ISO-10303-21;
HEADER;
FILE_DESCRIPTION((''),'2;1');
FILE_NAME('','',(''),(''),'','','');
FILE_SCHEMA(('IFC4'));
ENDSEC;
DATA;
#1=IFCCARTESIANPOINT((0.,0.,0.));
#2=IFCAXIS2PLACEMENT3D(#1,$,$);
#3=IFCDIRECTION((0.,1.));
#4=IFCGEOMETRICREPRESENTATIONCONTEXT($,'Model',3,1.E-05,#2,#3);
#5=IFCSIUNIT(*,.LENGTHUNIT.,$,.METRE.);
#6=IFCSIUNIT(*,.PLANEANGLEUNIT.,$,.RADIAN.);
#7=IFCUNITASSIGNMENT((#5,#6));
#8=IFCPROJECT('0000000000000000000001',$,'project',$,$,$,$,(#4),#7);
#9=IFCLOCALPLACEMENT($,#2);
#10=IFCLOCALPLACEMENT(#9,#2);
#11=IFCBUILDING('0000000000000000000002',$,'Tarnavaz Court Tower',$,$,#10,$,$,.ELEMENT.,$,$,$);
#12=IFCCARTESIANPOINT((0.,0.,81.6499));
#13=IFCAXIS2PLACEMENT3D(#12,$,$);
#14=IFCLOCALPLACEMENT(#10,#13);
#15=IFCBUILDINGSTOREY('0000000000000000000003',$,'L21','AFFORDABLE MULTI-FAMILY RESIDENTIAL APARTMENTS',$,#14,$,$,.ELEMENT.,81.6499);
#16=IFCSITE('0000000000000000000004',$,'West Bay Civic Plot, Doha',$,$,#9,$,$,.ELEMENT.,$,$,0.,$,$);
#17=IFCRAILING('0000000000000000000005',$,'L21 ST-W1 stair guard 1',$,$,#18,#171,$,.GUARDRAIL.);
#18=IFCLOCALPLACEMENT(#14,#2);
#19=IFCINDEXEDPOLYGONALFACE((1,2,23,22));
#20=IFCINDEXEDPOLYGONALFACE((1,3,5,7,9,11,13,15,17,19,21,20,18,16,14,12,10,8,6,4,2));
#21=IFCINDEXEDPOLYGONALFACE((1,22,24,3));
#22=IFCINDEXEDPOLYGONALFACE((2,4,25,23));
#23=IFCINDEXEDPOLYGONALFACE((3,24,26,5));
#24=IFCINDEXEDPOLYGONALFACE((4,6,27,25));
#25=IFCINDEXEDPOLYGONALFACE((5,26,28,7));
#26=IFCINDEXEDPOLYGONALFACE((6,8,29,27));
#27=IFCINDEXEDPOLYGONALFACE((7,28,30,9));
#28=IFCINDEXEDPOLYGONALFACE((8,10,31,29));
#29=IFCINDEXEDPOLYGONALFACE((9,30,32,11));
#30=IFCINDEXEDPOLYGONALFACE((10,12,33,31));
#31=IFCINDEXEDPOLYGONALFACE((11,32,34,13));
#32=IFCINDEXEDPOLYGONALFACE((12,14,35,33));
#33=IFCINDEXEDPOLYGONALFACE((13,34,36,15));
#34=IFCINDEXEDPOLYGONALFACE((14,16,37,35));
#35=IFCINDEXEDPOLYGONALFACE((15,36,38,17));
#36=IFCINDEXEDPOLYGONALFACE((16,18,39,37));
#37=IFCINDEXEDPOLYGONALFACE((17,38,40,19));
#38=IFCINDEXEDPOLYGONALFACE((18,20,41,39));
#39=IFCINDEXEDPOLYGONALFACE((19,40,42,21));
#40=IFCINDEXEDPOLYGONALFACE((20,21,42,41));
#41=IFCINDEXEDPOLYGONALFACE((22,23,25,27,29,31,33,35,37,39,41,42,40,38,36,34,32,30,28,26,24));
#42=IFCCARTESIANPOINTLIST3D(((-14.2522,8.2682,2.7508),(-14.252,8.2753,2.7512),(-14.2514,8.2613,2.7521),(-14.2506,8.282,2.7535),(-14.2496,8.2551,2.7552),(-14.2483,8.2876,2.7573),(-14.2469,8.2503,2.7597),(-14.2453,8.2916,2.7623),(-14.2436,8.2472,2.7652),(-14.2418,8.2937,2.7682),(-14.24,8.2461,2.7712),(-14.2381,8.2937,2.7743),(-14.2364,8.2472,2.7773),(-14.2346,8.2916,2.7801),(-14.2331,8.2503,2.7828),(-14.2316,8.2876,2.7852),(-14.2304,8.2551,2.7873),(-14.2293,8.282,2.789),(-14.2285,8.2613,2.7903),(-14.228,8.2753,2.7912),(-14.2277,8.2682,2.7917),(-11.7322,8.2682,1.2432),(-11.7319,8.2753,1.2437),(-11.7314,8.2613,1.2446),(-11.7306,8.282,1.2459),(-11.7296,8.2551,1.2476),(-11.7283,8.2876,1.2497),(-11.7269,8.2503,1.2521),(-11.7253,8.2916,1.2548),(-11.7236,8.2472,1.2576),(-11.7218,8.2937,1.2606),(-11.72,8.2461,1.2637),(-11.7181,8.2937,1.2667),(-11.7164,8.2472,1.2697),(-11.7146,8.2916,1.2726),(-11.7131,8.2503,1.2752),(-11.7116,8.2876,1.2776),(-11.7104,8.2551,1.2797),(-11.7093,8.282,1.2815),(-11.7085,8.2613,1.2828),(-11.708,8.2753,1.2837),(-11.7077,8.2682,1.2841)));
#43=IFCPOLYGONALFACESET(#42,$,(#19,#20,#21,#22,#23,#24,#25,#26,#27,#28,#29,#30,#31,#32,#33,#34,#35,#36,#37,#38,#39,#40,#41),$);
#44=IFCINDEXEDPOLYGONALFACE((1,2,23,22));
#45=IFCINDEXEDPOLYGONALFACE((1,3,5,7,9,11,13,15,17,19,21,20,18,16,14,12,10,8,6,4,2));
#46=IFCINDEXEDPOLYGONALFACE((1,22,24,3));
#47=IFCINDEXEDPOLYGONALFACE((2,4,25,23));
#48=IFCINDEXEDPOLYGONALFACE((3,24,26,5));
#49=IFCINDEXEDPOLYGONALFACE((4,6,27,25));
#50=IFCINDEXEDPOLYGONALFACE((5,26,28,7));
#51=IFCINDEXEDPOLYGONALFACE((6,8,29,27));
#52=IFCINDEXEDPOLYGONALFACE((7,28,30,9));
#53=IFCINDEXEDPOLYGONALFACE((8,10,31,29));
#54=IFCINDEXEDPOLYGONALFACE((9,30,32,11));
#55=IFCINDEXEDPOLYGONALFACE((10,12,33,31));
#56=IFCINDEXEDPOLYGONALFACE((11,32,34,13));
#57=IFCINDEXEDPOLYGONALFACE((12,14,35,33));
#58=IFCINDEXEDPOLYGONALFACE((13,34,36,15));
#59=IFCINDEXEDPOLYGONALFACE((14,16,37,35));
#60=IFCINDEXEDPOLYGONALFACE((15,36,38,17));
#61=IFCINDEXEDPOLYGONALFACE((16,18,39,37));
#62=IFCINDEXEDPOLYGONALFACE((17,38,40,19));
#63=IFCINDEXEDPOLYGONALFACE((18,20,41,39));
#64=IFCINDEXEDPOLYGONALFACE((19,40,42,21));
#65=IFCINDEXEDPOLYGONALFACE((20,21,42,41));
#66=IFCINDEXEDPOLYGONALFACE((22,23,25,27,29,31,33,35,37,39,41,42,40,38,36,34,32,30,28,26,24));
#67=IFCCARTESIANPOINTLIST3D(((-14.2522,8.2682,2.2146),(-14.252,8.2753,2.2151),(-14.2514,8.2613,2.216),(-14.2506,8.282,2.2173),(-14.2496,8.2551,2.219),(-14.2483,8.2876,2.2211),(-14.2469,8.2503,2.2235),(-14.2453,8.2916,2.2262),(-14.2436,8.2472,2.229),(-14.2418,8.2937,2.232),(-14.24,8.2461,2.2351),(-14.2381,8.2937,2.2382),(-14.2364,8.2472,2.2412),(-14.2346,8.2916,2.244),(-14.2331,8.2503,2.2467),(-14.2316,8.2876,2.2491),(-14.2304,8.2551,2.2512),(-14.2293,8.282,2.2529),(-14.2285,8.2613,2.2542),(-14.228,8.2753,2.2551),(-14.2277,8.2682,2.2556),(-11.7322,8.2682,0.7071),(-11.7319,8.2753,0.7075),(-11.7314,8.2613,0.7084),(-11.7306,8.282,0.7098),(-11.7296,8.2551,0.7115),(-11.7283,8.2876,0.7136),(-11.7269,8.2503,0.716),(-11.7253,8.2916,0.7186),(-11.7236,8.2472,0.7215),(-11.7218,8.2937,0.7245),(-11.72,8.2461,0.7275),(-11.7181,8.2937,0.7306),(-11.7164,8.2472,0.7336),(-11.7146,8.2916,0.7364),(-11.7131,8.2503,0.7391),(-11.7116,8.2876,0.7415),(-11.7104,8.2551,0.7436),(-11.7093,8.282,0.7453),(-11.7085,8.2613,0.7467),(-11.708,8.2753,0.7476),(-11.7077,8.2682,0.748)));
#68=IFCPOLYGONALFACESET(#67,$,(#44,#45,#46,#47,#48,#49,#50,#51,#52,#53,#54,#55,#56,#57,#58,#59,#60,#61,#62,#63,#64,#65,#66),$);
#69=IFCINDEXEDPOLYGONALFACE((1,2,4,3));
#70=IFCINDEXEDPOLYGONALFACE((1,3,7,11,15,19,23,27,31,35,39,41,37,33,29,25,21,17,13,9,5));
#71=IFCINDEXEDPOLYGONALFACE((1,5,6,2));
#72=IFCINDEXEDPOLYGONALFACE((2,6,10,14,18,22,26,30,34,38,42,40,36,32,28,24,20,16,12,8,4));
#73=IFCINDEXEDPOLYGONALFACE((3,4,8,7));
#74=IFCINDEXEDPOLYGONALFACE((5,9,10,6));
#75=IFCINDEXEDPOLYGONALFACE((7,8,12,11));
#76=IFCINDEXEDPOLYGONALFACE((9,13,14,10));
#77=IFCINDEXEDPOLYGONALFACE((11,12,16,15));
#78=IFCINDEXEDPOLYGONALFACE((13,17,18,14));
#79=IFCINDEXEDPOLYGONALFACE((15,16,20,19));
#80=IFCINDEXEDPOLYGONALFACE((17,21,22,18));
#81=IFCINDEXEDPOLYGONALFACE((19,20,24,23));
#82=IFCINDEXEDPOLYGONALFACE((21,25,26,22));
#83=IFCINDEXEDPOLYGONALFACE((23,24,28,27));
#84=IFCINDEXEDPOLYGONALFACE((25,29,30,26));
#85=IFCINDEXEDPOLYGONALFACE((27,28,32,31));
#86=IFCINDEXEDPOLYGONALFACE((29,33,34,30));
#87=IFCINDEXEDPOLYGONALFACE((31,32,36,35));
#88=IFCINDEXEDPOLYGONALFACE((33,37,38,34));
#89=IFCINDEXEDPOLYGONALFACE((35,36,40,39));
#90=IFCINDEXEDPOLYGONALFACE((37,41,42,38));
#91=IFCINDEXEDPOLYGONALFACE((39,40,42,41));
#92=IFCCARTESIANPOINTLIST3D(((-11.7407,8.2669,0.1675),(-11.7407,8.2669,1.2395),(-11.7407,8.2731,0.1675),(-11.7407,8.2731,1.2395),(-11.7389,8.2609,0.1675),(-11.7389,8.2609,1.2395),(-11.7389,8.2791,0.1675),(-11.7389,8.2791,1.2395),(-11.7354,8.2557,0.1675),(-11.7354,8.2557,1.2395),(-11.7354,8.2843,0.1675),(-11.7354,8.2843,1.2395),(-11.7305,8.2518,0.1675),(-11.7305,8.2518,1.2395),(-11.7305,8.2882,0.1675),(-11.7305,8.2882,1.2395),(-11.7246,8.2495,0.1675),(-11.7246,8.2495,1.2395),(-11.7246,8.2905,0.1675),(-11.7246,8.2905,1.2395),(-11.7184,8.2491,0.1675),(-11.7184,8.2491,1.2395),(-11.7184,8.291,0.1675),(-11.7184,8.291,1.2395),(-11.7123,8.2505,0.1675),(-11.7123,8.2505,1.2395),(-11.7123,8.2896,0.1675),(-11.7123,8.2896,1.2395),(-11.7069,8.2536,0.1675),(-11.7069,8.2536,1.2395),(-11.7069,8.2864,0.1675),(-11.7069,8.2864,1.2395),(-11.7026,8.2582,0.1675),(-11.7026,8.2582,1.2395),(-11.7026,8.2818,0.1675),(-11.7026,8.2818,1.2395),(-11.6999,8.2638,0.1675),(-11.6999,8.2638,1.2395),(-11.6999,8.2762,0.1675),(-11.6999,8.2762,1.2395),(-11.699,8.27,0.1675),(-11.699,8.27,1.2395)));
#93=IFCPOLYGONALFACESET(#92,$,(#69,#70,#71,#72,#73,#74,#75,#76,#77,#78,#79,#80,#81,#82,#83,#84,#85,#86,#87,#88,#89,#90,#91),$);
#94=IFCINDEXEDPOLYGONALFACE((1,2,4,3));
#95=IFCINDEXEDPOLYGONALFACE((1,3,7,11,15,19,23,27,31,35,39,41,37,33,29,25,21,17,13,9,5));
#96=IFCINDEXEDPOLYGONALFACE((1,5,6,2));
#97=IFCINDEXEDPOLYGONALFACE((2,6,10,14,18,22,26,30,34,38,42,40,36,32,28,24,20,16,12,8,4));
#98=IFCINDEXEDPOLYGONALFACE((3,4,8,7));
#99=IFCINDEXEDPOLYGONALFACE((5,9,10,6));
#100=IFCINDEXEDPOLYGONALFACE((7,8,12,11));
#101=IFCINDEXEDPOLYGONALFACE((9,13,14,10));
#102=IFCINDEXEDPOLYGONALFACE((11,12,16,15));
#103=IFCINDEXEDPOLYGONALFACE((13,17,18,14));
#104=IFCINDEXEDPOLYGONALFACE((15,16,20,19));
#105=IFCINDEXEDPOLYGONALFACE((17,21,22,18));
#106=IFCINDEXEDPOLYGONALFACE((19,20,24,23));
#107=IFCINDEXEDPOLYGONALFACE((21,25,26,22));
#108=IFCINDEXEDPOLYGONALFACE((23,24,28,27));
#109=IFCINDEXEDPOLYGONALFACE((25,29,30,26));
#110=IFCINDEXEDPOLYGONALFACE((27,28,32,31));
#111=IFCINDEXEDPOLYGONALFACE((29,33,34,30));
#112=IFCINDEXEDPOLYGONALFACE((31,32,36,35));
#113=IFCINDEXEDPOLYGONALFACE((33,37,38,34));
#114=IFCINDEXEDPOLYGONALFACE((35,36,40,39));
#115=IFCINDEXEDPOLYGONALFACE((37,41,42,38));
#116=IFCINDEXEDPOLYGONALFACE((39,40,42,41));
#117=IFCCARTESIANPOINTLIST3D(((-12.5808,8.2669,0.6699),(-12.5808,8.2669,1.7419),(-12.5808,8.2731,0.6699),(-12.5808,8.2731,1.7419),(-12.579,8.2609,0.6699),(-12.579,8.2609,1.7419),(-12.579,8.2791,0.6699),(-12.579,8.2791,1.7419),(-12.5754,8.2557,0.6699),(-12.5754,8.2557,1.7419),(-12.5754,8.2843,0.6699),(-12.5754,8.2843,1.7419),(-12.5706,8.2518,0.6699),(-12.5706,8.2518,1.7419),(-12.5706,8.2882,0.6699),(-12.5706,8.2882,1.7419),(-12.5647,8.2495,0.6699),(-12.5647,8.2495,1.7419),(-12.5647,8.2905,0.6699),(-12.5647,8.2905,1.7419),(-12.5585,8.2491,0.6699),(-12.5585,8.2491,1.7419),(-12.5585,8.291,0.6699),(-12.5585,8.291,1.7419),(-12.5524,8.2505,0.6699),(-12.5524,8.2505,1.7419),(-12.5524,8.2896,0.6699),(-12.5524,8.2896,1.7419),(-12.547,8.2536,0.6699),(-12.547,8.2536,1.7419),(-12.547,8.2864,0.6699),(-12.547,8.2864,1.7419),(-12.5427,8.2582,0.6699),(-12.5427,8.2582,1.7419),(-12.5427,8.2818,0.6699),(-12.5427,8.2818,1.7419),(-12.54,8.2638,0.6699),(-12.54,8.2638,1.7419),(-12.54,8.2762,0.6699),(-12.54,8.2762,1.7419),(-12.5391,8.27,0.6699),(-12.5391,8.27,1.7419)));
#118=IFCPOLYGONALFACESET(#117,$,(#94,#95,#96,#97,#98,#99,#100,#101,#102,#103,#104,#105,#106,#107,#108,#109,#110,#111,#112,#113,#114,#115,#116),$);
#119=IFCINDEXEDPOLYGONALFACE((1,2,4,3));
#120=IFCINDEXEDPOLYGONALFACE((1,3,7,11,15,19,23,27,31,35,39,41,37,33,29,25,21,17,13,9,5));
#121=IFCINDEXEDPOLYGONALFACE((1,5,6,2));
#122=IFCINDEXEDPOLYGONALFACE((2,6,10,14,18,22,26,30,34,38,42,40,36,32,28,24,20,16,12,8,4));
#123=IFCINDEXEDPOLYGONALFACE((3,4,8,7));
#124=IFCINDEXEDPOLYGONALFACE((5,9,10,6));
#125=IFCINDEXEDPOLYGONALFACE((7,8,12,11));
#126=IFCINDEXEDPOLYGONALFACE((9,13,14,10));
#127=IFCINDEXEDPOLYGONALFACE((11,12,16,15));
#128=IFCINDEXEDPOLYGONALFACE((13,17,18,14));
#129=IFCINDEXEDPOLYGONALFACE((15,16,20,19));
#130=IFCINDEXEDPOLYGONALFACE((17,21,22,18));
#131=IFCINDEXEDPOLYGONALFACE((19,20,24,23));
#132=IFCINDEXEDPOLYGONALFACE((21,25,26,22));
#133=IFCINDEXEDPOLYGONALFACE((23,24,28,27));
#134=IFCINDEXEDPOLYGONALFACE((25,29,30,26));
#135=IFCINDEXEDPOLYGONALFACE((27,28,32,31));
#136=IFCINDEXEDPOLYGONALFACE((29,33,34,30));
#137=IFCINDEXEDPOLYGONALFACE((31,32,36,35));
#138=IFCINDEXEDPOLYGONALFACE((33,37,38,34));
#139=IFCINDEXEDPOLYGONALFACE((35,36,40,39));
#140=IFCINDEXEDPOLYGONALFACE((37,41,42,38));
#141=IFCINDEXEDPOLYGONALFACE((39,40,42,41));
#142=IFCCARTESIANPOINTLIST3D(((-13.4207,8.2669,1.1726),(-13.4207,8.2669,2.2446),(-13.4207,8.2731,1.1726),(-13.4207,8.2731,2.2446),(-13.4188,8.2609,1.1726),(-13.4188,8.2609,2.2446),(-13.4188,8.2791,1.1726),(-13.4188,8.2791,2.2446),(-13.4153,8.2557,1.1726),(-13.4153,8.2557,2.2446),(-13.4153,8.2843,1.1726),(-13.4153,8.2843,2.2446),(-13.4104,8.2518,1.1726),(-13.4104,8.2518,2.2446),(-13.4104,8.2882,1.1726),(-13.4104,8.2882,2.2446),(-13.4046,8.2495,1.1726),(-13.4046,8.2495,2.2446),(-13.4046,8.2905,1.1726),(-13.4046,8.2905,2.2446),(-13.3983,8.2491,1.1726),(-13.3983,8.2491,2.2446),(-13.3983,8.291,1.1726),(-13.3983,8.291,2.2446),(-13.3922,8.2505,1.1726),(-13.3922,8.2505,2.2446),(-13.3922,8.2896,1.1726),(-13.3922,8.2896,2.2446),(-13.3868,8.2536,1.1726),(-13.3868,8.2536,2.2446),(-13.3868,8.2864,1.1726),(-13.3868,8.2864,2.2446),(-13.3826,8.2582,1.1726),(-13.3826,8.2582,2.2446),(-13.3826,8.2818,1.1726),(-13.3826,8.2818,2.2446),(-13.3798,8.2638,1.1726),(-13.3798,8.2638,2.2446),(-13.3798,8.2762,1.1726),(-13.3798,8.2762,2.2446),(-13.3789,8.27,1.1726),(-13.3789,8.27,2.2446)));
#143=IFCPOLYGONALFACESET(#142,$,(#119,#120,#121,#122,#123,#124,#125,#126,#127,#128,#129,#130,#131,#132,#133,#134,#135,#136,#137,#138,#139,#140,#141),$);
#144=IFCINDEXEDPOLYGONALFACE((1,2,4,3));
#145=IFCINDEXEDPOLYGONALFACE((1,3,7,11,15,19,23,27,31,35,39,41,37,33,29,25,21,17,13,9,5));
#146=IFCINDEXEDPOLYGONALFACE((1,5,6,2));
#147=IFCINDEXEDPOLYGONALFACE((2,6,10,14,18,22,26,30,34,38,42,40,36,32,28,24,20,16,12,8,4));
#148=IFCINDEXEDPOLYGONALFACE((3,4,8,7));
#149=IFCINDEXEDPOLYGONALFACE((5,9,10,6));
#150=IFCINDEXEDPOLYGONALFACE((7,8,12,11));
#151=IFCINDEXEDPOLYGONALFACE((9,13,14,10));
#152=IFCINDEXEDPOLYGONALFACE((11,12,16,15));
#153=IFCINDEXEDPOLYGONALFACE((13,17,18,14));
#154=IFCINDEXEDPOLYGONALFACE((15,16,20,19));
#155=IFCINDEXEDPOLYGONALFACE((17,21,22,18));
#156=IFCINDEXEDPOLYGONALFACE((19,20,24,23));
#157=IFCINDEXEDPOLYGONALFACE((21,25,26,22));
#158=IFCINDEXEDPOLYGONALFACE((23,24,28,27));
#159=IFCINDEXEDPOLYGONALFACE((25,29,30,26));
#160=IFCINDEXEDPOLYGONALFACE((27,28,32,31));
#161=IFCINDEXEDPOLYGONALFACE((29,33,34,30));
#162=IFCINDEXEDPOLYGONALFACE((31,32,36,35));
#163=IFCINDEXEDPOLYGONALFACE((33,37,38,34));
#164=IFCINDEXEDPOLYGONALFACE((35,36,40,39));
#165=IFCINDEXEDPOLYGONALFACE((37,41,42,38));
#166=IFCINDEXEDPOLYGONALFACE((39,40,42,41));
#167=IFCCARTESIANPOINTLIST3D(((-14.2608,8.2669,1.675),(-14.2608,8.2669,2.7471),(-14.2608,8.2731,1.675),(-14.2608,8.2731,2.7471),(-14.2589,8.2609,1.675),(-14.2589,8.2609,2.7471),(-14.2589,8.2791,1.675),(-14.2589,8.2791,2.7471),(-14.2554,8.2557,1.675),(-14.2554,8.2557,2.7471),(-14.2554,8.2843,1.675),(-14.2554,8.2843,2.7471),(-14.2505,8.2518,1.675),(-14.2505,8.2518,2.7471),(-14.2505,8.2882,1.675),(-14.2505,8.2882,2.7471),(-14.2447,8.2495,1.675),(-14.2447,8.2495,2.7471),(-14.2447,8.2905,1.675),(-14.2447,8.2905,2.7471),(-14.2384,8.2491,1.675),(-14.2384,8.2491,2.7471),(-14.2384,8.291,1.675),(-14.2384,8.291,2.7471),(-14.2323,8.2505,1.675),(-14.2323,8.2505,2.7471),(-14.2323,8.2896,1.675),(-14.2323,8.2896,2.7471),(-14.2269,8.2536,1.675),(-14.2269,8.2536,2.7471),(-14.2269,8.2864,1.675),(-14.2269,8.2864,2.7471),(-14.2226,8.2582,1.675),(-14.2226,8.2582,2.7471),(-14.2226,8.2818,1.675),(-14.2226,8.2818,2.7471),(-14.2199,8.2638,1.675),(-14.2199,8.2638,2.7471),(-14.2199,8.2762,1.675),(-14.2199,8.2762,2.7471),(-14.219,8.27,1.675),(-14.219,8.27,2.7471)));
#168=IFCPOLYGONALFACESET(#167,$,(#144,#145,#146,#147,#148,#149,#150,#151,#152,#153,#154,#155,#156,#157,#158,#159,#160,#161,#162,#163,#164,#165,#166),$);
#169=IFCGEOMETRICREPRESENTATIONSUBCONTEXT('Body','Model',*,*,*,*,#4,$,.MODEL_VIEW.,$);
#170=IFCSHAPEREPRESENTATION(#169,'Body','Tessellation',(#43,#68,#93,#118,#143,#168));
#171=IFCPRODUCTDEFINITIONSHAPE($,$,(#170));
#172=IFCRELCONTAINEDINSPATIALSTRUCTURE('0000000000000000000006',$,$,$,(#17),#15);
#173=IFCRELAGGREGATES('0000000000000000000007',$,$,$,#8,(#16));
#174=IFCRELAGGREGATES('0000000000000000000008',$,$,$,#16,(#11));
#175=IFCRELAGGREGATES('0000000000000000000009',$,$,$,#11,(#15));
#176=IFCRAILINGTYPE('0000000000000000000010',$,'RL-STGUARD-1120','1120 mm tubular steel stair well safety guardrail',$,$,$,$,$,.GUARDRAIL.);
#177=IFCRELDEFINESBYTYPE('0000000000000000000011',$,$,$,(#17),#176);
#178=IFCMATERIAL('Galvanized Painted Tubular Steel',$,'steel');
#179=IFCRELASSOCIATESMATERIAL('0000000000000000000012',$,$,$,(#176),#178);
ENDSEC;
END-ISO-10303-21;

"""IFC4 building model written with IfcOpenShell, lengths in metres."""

from ifc_helpers import new_model, si_unit, direction, frame, origin, origin_2d, place, context, subcontext, project, spatial, circle, extrude, material, type_object, element, save


model = new_model("IFC4")

# Units and contexts
model_context = context("Model", 3, precision=1e-05, world=origin(), true_north=direction((0.0, 1.0)))
body_context = subcontext(model_context, "Body", "Model", "MODEL_VIEW")
ifc_project = project(units=[si_unit("LENGTHUNIT", "METRE"), si_unit("PLANEANGLEUNIT", "RADIAN")], contexts=[model_context])

# Site, building, storey
site_placement = place(None, origin())
site = spatial("IfcSite", under=ifc_project, at=site_placement, Name="West Bay Civic Plot, Doha", CompositionType="ELEMENT", RefElevation=0.0)
building_placement = place(site_placement, origin())
building = spatial("IfcBuilding", under=site, at=building_placement, Name="Tarnavaz Court Tower", CompositionType="ELEMENT")
storey_placement = place(building_placement, frame((0.0, 0.0, 81.6499)))
storey = spatial("IfcBuildingStorey", under=building, at=storey_placement, Name="L21", Description="AFFORDABLE MULTI-FAMILY RESIDENTIAL APARTMENTS", CompositionType="ELEMENT", Elevation=81.6499)

# Railing
ifc_material_1 = material(Name="Galvanized Painted Tubular Steel", Category="steel")
railing_type_1 = type_object("IfcRailingType", Name="RL-STGUARD-1120", Description="1120 mm tubular steel stair well safety guardrail", PredefinedType="GUARDRAIL", material=ifc_material_1)
railing_1_placement = place(storey_placement, frame((-11.72, 8.27, 0.1675)))
element("IfcRailing", 1, at=railing_1_placement, inside=storey, type_object=railing_type_1, Name="L21 ST-W1 stair guard 1", PredefinedType="GUARDRAIL", context=body_context, shape_type="SweptSolid", body=[
    extrude(circle(Radius=0.0239, at=origin_2d()), frame((0.0, 0.0, 1.0962), z_axis=(-0.85816, 0.0, 0.513383), x_axis=(0.0, -1.0, 0.0)), (0.0, 0.0, 1.0), 2.9365),
    extrude(circle(Radius=0.0239, at=origin_2d()), frame((0.0, 0.0, 0.5601), z_axis=(-0.85816, 0.0, 0.513383), x_axis=(0.0, -1.0, 0.0)), (0.0, 0.0, 1.0), 2.9365),
    extrude(circle(Radius=0.021, at=origin_2d()), origin(), (0.0, 0.0, 1.0), 1.072),
    extrude(circle(Radius=0.021, at=origin_2d()), frame((-0.8401, 0.0, 0.5024)), (0.0, 0.0, 1.0), 1.072),
    extrude(circle(Radius=0.021, at=origin_2d()), frame((-1.6799, 0.0, 1.0051)), (0.0, 0.0, 1.0), 1.072),
    extrude(circle(Radius=0.021, at=origin_2d()), frame((-2.52, 0.0, 1.5076)), (0.0, 0.0, 1.0), 1.072),
])

save(model, "model.ifc")
